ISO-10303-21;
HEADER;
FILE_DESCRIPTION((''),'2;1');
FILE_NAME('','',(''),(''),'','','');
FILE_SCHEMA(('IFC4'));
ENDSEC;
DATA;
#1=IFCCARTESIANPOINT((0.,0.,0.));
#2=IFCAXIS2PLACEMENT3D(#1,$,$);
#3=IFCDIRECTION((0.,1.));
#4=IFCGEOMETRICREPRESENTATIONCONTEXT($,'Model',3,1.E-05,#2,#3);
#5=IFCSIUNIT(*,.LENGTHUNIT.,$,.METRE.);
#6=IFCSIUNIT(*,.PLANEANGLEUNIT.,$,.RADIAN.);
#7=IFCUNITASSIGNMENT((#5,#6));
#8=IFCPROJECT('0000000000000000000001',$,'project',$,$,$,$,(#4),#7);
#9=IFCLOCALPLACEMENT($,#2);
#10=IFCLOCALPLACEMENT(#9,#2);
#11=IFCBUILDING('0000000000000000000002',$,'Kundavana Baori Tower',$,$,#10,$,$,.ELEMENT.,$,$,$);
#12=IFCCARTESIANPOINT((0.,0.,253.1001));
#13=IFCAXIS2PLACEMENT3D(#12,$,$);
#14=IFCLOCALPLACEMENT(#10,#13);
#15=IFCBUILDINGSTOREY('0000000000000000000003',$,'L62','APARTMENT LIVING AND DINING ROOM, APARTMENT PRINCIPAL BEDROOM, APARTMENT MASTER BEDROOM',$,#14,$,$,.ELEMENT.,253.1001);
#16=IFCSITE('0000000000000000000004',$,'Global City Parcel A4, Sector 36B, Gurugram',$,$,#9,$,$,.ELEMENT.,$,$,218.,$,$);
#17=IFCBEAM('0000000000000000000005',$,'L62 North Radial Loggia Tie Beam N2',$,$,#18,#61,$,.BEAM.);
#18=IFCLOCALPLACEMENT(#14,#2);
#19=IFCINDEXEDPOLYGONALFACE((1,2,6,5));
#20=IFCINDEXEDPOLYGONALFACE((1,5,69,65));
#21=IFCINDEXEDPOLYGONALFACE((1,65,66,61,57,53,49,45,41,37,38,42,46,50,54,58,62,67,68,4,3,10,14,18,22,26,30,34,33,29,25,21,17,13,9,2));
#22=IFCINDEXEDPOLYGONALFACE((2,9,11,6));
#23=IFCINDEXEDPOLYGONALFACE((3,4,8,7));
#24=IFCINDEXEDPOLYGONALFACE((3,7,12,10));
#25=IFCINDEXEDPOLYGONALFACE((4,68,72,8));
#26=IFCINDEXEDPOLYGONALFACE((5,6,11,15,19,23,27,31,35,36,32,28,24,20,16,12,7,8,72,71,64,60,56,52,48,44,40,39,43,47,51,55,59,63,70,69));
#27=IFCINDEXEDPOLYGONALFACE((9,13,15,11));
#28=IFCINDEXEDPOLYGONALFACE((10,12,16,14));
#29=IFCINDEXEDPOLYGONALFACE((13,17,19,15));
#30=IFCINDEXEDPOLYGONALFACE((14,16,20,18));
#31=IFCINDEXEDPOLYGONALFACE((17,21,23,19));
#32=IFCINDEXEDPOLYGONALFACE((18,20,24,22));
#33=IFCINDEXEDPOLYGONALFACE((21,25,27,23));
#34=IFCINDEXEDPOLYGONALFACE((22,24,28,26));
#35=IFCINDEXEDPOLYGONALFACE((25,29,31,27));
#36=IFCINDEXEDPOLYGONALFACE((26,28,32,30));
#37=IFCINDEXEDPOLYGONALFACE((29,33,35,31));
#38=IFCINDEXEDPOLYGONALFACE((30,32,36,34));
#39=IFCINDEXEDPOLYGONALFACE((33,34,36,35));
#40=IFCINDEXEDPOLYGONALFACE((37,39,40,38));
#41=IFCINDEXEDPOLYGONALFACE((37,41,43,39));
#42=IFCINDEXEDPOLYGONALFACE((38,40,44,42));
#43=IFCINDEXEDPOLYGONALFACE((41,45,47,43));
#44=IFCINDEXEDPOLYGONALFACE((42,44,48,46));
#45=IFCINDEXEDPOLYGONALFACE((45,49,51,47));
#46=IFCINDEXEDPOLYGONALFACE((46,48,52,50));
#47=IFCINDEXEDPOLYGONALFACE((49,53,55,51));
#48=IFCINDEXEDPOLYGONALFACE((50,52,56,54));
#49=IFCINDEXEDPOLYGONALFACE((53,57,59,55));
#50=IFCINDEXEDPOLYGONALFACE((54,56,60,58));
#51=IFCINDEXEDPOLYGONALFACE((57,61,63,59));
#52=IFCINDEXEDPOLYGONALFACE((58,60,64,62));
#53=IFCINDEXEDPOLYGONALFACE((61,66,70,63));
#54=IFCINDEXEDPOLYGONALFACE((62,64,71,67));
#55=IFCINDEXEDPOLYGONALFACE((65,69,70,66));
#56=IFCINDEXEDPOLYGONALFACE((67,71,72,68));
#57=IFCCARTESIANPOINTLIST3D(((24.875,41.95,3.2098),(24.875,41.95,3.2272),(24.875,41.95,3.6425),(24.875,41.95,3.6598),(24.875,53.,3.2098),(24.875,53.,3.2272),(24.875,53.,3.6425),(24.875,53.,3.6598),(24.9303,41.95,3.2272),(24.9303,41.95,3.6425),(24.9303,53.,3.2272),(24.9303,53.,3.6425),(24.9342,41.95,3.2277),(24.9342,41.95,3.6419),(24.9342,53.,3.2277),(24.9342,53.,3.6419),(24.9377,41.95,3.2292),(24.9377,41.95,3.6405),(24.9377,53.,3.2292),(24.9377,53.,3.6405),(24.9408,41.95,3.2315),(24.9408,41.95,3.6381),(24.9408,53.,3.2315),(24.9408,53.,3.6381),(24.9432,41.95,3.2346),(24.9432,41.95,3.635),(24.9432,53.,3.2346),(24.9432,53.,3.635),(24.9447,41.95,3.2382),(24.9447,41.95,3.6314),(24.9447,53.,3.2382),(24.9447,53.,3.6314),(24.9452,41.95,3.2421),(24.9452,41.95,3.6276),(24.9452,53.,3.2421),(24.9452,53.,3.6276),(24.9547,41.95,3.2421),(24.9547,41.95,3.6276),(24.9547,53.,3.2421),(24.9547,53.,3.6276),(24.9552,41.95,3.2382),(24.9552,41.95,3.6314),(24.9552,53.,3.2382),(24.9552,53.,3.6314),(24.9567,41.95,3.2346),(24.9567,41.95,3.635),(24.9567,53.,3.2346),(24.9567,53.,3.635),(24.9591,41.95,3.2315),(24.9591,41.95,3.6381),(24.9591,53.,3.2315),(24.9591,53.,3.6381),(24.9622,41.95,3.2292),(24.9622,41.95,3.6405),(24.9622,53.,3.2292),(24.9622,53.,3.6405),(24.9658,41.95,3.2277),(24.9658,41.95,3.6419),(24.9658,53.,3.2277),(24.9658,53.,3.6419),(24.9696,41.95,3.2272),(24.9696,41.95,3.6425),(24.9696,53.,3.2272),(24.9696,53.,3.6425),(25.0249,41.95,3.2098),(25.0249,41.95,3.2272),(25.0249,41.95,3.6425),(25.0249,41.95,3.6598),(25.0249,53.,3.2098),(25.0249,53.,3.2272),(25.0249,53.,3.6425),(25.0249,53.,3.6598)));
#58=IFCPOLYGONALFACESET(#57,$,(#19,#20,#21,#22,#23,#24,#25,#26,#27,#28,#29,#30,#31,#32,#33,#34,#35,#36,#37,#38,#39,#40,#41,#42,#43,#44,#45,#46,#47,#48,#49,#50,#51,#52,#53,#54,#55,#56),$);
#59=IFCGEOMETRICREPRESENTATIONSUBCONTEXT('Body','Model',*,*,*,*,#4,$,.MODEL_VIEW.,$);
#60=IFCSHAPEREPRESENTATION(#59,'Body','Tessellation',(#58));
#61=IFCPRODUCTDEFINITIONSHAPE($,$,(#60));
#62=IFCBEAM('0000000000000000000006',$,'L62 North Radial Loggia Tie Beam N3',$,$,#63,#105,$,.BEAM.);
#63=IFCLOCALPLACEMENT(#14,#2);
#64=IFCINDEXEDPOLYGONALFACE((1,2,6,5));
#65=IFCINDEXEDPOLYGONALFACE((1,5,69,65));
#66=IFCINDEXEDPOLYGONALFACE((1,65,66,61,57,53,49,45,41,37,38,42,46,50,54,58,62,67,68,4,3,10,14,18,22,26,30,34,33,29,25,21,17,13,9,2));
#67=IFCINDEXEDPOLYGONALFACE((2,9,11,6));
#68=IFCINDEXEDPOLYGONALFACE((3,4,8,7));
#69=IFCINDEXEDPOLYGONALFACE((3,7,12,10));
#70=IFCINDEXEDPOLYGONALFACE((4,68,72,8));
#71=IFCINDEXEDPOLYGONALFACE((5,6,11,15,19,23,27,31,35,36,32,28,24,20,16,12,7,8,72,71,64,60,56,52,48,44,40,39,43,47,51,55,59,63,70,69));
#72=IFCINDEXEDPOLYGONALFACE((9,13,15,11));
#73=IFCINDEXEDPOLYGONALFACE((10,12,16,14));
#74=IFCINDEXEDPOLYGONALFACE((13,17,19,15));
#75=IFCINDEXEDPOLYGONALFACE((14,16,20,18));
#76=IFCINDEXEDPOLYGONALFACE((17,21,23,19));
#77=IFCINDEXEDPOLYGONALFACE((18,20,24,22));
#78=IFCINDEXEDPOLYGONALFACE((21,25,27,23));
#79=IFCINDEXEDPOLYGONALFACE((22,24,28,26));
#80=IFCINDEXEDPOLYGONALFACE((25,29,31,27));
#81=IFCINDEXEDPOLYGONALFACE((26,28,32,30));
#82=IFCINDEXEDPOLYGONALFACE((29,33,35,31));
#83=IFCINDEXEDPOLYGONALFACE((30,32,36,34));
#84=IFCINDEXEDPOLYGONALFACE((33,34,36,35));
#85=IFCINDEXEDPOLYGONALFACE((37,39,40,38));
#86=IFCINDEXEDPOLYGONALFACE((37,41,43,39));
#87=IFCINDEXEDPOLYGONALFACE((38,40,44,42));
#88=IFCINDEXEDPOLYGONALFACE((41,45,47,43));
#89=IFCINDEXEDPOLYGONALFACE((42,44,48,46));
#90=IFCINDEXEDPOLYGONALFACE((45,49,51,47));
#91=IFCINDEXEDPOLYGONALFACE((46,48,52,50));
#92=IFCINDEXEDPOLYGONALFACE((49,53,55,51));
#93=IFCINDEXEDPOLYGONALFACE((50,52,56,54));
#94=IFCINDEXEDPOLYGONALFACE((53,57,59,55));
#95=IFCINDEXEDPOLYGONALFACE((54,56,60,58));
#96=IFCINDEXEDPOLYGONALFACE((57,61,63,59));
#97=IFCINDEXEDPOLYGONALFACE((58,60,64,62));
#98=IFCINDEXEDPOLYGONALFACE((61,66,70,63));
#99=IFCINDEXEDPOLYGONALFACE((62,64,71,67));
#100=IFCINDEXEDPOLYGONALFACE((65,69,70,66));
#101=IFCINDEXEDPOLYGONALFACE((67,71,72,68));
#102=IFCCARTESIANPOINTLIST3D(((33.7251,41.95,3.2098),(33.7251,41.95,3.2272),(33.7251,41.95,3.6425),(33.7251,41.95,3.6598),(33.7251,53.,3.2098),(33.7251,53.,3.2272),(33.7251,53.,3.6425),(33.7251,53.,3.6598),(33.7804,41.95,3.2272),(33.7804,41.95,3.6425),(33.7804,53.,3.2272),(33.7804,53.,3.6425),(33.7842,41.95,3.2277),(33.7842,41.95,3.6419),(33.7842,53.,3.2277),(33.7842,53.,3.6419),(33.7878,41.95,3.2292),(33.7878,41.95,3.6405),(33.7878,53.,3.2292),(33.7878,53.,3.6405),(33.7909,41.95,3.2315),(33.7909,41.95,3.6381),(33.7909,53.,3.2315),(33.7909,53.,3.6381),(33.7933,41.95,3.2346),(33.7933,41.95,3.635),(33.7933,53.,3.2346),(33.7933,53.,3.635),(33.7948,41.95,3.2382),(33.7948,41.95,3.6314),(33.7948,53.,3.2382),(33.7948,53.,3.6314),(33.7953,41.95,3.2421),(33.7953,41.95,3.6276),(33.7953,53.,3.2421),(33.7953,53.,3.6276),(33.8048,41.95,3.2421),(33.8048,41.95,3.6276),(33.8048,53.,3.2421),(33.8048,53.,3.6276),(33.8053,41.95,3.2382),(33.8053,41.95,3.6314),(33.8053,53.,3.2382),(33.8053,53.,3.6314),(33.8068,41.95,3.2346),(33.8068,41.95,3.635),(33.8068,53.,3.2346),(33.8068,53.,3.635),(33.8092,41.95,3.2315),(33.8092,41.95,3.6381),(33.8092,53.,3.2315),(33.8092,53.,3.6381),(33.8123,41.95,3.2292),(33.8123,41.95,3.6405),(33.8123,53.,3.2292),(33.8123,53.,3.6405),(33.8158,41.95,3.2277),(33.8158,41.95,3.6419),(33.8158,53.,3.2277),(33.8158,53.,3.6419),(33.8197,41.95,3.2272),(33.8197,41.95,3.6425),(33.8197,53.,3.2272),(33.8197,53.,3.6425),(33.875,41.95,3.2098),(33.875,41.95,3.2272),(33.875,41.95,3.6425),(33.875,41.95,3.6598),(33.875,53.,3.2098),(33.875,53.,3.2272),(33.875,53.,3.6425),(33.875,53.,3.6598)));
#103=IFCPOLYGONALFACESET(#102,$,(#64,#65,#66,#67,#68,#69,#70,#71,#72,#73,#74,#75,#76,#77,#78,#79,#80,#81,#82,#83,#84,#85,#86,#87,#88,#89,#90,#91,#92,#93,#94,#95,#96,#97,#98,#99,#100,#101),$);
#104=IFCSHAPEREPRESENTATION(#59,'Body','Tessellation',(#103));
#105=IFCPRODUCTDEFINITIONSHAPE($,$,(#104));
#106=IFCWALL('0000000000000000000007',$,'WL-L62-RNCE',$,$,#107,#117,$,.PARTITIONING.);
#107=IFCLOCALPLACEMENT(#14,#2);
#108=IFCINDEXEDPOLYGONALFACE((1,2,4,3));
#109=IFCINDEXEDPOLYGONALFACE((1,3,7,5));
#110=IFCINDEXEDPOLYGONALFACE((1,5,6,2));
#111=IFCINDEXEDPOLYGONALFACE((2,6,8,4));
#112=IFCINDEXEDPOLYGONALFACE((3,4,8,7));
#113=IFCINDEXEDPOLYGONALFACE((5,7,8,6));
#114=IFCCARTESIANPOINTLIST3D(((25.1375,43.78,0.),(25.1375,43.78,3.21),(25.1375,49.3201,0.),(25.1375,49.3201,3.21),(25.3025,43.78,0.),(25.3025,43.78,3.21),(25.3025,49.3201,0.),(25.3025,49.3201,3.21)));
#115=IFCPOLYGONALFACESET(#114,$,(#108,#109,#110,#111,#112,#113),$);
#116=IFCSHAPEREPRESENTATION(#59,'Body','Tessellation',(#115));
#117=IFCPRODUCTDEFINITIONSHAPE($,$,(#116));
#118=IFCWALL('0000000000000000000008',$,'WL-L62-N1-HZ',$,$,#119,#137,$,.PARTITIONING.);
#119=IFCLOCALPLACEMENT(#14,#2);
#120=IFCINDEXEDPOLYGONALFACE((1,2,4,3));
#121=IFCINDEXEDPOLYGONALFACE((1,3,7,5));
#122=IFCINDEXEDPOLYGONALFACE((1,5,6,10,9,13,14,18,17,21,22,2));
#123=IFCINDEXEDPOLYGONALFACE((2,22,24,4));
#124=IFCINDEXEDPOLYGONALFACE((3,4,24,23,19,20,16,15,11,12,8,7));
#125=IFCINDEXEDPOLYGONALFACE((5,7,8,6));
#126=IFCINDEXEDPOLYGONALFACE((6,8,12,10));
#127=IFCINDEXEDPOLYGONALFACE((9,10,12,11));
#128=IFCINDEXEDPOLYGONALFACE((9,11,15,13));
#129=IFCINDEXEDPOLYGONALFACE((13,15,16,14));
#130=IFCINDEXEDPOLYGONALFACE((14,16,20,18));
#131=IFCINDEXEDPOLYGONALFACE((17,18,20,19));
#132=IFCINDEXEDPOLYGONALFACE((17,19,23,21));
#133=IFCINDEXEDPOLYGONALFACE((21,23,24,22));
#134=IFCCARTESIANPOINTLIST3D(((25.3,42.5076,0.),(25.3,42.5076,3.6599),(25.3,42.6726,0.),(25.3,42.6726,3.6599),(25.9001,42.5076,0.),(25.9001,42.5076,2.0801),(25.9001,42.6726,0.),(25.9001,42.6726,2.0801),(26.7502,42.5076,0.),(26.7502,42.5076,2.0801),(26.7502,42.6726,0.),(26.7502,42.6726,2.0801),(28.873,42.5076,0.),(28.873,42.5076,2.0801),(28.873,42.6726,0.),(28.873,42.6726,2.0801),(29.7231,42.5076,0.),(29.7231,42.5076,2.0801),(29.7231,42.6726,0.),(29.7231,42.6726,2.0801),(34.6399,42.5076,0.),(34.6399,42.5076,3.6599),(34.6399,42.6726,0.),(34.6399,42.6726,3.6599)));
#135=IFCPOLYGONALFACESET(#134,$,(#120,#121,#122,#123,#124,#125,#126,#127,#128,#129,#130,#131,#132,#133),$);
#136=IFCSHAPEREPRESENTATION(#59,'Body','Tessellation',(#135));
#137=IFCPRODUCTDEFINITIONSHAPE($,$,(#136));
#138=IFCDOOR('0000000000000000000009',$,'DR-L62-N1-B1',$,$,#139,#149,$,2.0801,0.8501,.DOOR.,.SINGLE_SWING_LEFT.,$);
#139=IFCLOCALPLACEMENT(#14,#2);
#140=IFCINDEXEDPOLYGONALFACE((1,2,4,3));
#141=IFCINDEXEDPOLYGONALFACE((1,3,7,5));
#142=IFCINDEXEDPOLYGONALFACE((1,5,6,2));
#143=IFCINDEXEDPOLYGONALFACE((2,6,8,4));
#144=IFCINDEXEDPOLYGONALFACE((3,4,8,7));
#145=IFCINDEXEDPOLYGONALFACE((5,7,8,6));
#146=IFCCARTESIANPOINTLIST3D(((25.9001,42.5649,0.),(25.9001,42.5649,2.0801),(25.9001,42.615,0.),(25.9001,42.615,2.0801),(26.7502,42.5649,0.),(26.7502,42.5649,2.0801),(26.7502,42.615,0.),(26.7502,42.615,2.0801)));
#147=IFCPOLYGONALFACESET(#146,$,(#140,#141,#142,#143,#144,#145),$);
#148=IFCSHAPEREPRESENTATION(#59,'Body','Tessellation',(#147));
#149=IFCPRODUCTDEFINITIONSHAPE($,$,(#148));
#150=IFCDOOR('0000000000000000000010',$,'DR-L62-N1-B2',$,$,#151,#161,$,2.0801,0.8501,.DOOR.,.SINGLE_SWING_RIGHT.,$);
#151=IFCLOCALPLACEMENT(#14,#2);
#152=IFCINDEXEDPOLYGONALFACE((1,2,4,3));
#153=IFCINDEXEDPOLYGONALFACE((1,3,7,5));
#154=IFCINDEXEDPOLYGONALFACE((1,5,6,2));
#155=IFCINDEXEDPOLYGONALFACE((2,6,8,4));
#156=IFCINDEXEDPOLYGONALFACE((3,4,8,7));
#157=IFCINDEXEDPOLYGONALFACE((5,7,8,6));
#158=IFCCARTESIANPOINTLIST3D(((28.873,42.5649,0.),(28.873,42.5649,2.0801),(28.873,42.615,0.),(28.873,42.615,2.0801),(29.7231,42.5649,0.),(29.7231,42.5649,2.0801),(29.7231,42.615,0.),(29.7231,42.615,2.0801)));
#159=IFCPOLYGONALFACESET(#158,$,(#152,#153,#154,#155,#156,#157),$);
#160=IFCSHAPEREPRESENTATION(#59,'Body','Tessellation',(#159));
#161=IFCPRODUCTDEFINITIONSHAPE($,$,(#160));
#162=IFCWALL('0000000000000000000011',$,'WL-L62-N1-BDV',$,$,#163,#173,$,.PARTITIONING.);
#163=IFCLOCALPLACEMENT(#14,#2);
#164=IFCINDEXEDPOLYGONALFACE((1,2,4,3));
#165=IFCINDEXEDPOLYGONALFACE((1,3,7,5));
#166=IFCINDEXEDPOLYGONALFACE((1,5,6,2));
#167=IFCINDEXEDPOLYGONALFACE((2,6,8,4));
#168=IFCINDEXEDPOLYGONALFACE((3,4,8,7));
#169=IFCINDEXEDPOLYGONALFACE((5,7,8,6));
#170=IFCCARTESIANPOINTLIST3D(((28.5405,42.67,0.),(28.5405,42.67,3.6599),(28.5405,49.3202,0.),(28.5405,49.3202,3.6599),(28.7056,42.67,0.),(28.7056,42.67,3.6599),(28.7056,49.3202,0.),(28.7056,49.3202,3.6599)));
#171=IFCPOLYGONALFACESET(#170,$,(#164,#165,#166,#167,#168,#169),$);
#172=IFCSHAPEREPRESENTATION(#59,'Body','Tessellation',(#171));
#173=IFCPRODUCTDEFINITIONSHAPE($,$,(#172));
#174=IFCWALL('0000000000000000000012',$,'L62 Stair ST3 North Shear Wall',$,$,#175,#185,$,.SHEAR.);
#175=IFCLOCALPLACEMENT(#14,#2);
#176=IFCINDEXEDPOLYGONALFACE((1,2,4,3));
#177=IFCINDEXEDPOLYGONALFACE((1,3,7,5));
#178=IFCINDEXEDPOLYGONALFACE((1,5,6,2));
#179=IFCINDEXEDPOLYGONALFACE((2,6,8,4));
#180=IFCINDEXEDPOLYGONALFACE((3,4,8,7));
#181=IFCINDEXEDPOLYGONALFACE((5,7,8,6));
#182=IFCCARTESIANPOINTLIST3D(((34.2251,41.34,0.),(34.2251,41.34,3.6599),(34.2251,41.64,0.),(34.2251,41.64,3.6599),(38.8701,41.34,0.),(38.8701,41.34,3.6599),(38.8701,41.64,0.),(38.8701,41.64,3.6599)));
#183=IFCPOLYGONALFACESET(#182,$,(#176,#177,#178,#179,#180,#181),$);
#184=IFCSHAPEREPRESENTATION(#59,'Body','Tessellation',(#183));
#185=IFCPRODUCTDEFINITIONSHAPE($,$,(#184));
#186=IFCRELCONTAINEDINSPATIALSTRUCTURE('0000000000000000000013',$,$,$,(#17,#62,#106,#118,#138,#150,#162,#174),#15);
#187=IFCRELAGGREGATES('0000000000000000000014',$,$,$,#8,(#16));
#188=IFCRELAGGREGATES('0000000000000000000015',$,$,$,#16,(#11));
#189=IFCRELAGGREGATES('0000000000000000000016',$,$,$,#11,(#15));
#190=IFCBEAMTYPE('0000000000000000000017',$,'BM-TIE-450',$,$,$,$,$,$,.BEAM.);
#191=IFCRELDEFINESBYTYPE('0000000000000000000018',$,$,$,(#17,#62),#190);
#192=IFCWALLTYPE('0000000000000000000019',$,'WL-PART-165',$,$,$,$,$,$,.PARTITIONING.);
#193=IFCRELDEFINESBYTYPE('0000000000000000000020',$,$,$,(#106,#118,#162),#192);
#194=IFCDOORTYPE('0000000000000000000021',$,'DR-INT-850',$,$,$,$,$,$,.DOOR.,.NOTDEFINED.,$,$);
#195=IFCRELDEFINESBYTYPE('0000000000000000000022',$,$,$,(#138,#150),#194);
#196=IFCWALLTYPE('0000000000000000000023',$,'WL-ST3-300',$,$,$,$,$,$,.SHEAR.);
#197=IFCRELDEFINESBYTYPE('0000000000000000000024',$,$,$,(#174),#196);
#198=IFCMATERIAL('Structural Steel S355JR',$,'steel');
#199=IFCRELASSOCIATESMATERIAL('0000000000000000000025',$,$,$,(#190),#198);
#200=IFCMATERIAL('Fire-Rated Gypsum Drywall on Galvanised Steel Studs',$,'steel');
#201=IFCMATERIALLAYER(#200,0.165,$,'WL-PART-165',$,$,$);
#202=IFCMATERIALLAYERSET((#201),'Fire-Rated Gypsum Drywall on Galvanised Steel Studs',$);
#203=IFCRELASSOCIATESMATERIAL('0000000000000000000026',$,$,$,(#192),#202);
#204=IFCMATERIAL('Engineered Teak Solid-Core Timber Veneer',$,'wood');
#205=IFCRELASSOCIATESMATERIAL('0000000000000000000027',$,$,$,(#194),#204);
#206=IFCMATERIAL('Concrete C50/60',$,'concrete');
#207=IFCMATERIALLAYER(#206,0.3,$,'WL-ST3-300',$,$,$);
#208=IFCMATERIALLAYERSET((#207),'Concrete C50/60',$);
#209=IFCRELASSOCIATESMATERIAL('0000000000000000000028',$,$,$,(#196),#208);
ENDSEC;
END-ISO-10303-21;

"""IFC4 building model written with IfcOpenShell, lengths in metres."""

from ifc_helpers import new_model, si_unit, direction, frame, frame_2d, origin, origin_2d, place, context, subcontext, project, spatial, rectangle, i_section, extrude, material, layer, layer_set, material_profile, profile_set, type_object, element, fill, save


model = new_model("IFC4")

# Units and contexts
model_context = context("Model", 3, precision=1e-05, world=origin(), true_north=direction((0.0, 1.0)))
body_context = subcontext(model_context, "Body", "Model", "MODEL_VIEW")
ifc_project = project(units=[si_unit("LENGTHUNIT", "METRE"), si_unit("PLANEANGLEUNIT", "RADIAN")], contexts=[model_context])

# Site, building, storey
site_placement = place(None, origin())
site = spatial("IfcSite", under=ifc_project, at=site_placement, Name="Global City Parcel A4, Sector 36B, Gurugram", CompositionType="ELEMENT", RefElevation=218.0)
building_placement = place(site_placement, origin())
building = spatial("IfcBuilding", under=site, at=building_placement, Name="Kundavana Baori Tower", CompositionType="ELEMENT")
storey_placement = place(building_placement, frame((0.0, 0.0, 253.1001)))
storey = spatial("IfcBuildingStorey", under=building, at=storey_placement, Name="L62", Description="APARTMENT LIVING AND DINING ROOM, APARTMENT PRINCIPAL BEDROOM, APARTMENT MASTER BEDROOM", CompositionType="ELEMENT", Elevation=253.1001)

# Beams
ifc_material_1 = material(Name="Structural Steel S355JR", Category="steel")
ifc_material_profile_1 = material_profile(ifc_material_1, i_section(OverallWidth=0.1499, OverallDepth=0.45, WebThickness=0.0095, FlangeThickness=0.0173, FilletRadius=0.0149, at=origin_2d()), Name="ISMB 450")
ifc_profile_set_1 = profile_set([ifc_material_profile_1], Name="Structural Steel S355JR")
beam_type_1 = type_object("IfcBeamType", Name="BM-TIE-450", PredefinedType="BEAM", material=ifc_profile_set_1)
for number, where, z_axis, x_axis, name in (
    (1, (24.95, 41.95, 3.4348), (0.0, 1.0, 0.0), (-1.0, 0.0, 0.0), "L62 North Radial Loggia Tie Beam N2"),
    (2, (33.8, 41.95, 3.4348), (0.0, 1.0, 0.0), (-1.0, 0.0, 0.0), "L62 North Radial Loggia Tie Beam N3"),
):
    element("IfcBeam", number, at=place(storey_placement, frame(where, z_axis=z_axis, x_axis=x_axis)), inside=storey, type_object=beam_type_1, Name=name, PredefinedType="BEAM", context=body_context, shape_type="SweptSolid", body=[
        extrude(i_section(OverallWidth=0.1499, OverallDepth=0.45, WebThickness=0.0095, FlangeThickness=0.0173, FilletRadius=0.0149, at=origin_2d()), origin(), (0.0, 0.0, 1.0), 11.05),
    ])

# Wall
ifc_material_2 = material(Name="Fire-Rated Gypsum Drywall on Galvanised Steel Studs", Category="steel")
ifc_layer_1 = layer(ifc_material_2, 0.165, Name="WL-PART-165")
ifc_layer_set_1 = layer_set([ifc_layer_1], Name="Fire-Rated Gypsum Drywall on Galvanised Steel Studs")
wall_type_1 = type_object("IfcWallType", Name="WL-PART-165", PredefinedType="PARTITIONING", material=ifc_layer_set_1)
wall_1_placement = place(storey_placement, frame((25.22, 43.78, 0.0), z_axis=(0.0, 0.0, 1.0), x_axis=(0.0, 1.0, 0.0)))
element("IfcWall", 3, at=wall_1_placement, inside=storey, type_object=wall_type_1, Name="WL-L62-RNCE", PredefinedType="PARTITIONING", context=body_context, shape_type="SweptSolid", body=[
    extrude(rectangle(XDim=5.54, YDim=0.165, at=frame_2d((2.77, 0.0))), origin(), (0.0, 0.0, 1.0), 3.21),
])

# Wall, openings, doors
wall_2_placement = place(storey_placement, frame((25.3, 42.5901, 0.0), z_axis=(0.0, 0.0, 1.0), x_axis=(1.0, 0.0, 0.0)))
wall_2 = element("IfcWall", 4, at=wall_2_placement, inside=storey, type_object=wall_type_1, Name="WL-L62-N1-HZ", PredefinedType="PARTITIONING", context=body_context, shape_type="SweptSolid", body=[
    extrude(rectangle(XDim=9.3398, YDim=0.165, at=frame_2d((4.6699, 0.0))), origin(), (0.0, 0.0, 1.0), 3.6599),
])
opening_1_placement = place(wall_2_placement, frame((0.6001, 0.0, 0.0)))
opening_1 = element("IfcOpeningElement", 5, at=opening_1_placement, cuts=wall_2, PredefinedType="OPENING", context=body_context, shape_type="SweptSolid", body=[
    extrude(rectangle(XDim=0.8501, YDim=2.0801, at=frame_2d((0.425, 1.04))), frame((0.0, 0.0925, 0.0), z_axis=(0.0, -1.0, 0.0), x_axis=(1.0, 0.0, 0.0)), (0.0, 0.0, 1.0), 0.1851),
])
opening_2_placement = place(wall_2_placement, frame((3.573, 0.0, 0.0)))
opening_2 = element("IfcOpeningElement", 6, at=opening_2_placement, cuts=wall_2, PredefinedType="OPENING", context=body_context, shape_type="SweptSolid", body=[
    extrude(rectangle(XDim=0.8501, YDim=2.0801, at=frame_2d((0.425, 1.04))), frame((0.0, 0.0925, 0.0), z_axis=(0.0, -1.0, 0.0), x_axis=(1.0, 0.0, 0.0)), (0.0, 0.0, 1.0), 0.1851),
])
ifc_material_3 = material(Name="Engineered Teak Solid-Core Timber Veneer", Category="wood")
door_type = type_object("IfcDoorType", Name="DR-INT-850", OperationType="NOTDEFINED", PredefinedType="DOOR", material=ifc_material_3)
door_1_placement = place(opening_1_placement, origin())
door_1 = element("IfcDoor", 7, at=door_1_placement, inside=storey, type_object=door_type, Name="DR-L62-N1-B1", OperationType="SINGLE_SWING_LEFT", OverallHeight=2.0801, OverallWidth=0.8501, PredefinedType="DOOR", context=body_context, shape_type="SweptSolid", body=[
    extrude(rectangle(XDim=0.8501, YDim=2.0801, at=frame_2d((0.425, 1.04))), frame((0.0, 0.0249, 0.0), z_axis=(0.0, -1.0, 0.0), x_axis=(1.0, 0.0, 0.0)), (0.0, 0.0, 1.0), 0.05),
])
fill(opening_1, door_1)
door_2_placement = place(opening_2_placement, origin())
door_2 = element("IfcDoor", 8, at=door_2_placement, inside=storey, type_object=door_type, Name="DR-L62-N1-B2", OperationType="SINGLE_SWING_RIGHT", OverallHeight=2.0801, OverallWidth=0.8501, PredefinedType="DOOR", context=body_context, shape_type="SweptSolid", body=[
    extrude(rectangle(XDim=0.8501, YDim=2.0801, at=frame_2d((0.425, 1.04))), frame((0.0, 0.0249, 0.0), z_axis=(0.0, -1.0, 0.0), x_axis=(1.0, 0.0, 0.0)), (0.0, 0.0, 1.0), 0.05),
])
fill(opening_2, door_2)

# Walls
wall_3_placement = place(storey_placement, frame((28.623, 42.6699, 0.0), z_axis=(0.0, 0.0, 1.0), x_axis=(0.0, 1.0, 0.0)))
element("IfcWall", 9, at=wall_3_placement, inside=storey, type_object=wall_type_1, Name="WL-L62-N1-BDV", PredefinedType="PARTITIONING", context=body_context, shape_type="SweptSolid", body=[
    extrude(rectangle(XDim=6.6501, YDim=0.165, at=frame_2d((3.3252, 0.0))), origin(), (0.0, 0.0, 1.0), 3.6599),
])
ifc_material_4 = material(Name="Concrete C50/60", Category="concrete")
ifc_layer_2 = layer(ifc_material_4, 0.3, Name="WL-ST3-300")
ifc_layer_set_2 = layer_set([ifc_layer_2], Name="Concrete C50/60")
wall_type_2 = type_object("IfcWallType", Name="WL-ST3-300", PredefinedType="SHEAR", material=ifc_layer_set_2)
wall_4_placement = place(storey_placement, frame((34.2251, 41.49, 0.0), z_axis=(0.0, 0.0, 1.0), x_axis=(1.0, 0.0, 0.0)))
element("IfcWall", 10, at=wall_4_placement, inside=storey, type_object=wall_type_2, Name="L62 Stair ST3 North Shear Wall", PredefinedType="SHEAR", context=body_context, shape_type="SweptSolid", body=[
    extrude(rectangle(XDim=4.645, YDim=0.3, at=frame_2d((2.3225, 0.0))), origin(), (0.0, 0.0, 1.0), 3.6599),
])

save(model, "model.ifc")
